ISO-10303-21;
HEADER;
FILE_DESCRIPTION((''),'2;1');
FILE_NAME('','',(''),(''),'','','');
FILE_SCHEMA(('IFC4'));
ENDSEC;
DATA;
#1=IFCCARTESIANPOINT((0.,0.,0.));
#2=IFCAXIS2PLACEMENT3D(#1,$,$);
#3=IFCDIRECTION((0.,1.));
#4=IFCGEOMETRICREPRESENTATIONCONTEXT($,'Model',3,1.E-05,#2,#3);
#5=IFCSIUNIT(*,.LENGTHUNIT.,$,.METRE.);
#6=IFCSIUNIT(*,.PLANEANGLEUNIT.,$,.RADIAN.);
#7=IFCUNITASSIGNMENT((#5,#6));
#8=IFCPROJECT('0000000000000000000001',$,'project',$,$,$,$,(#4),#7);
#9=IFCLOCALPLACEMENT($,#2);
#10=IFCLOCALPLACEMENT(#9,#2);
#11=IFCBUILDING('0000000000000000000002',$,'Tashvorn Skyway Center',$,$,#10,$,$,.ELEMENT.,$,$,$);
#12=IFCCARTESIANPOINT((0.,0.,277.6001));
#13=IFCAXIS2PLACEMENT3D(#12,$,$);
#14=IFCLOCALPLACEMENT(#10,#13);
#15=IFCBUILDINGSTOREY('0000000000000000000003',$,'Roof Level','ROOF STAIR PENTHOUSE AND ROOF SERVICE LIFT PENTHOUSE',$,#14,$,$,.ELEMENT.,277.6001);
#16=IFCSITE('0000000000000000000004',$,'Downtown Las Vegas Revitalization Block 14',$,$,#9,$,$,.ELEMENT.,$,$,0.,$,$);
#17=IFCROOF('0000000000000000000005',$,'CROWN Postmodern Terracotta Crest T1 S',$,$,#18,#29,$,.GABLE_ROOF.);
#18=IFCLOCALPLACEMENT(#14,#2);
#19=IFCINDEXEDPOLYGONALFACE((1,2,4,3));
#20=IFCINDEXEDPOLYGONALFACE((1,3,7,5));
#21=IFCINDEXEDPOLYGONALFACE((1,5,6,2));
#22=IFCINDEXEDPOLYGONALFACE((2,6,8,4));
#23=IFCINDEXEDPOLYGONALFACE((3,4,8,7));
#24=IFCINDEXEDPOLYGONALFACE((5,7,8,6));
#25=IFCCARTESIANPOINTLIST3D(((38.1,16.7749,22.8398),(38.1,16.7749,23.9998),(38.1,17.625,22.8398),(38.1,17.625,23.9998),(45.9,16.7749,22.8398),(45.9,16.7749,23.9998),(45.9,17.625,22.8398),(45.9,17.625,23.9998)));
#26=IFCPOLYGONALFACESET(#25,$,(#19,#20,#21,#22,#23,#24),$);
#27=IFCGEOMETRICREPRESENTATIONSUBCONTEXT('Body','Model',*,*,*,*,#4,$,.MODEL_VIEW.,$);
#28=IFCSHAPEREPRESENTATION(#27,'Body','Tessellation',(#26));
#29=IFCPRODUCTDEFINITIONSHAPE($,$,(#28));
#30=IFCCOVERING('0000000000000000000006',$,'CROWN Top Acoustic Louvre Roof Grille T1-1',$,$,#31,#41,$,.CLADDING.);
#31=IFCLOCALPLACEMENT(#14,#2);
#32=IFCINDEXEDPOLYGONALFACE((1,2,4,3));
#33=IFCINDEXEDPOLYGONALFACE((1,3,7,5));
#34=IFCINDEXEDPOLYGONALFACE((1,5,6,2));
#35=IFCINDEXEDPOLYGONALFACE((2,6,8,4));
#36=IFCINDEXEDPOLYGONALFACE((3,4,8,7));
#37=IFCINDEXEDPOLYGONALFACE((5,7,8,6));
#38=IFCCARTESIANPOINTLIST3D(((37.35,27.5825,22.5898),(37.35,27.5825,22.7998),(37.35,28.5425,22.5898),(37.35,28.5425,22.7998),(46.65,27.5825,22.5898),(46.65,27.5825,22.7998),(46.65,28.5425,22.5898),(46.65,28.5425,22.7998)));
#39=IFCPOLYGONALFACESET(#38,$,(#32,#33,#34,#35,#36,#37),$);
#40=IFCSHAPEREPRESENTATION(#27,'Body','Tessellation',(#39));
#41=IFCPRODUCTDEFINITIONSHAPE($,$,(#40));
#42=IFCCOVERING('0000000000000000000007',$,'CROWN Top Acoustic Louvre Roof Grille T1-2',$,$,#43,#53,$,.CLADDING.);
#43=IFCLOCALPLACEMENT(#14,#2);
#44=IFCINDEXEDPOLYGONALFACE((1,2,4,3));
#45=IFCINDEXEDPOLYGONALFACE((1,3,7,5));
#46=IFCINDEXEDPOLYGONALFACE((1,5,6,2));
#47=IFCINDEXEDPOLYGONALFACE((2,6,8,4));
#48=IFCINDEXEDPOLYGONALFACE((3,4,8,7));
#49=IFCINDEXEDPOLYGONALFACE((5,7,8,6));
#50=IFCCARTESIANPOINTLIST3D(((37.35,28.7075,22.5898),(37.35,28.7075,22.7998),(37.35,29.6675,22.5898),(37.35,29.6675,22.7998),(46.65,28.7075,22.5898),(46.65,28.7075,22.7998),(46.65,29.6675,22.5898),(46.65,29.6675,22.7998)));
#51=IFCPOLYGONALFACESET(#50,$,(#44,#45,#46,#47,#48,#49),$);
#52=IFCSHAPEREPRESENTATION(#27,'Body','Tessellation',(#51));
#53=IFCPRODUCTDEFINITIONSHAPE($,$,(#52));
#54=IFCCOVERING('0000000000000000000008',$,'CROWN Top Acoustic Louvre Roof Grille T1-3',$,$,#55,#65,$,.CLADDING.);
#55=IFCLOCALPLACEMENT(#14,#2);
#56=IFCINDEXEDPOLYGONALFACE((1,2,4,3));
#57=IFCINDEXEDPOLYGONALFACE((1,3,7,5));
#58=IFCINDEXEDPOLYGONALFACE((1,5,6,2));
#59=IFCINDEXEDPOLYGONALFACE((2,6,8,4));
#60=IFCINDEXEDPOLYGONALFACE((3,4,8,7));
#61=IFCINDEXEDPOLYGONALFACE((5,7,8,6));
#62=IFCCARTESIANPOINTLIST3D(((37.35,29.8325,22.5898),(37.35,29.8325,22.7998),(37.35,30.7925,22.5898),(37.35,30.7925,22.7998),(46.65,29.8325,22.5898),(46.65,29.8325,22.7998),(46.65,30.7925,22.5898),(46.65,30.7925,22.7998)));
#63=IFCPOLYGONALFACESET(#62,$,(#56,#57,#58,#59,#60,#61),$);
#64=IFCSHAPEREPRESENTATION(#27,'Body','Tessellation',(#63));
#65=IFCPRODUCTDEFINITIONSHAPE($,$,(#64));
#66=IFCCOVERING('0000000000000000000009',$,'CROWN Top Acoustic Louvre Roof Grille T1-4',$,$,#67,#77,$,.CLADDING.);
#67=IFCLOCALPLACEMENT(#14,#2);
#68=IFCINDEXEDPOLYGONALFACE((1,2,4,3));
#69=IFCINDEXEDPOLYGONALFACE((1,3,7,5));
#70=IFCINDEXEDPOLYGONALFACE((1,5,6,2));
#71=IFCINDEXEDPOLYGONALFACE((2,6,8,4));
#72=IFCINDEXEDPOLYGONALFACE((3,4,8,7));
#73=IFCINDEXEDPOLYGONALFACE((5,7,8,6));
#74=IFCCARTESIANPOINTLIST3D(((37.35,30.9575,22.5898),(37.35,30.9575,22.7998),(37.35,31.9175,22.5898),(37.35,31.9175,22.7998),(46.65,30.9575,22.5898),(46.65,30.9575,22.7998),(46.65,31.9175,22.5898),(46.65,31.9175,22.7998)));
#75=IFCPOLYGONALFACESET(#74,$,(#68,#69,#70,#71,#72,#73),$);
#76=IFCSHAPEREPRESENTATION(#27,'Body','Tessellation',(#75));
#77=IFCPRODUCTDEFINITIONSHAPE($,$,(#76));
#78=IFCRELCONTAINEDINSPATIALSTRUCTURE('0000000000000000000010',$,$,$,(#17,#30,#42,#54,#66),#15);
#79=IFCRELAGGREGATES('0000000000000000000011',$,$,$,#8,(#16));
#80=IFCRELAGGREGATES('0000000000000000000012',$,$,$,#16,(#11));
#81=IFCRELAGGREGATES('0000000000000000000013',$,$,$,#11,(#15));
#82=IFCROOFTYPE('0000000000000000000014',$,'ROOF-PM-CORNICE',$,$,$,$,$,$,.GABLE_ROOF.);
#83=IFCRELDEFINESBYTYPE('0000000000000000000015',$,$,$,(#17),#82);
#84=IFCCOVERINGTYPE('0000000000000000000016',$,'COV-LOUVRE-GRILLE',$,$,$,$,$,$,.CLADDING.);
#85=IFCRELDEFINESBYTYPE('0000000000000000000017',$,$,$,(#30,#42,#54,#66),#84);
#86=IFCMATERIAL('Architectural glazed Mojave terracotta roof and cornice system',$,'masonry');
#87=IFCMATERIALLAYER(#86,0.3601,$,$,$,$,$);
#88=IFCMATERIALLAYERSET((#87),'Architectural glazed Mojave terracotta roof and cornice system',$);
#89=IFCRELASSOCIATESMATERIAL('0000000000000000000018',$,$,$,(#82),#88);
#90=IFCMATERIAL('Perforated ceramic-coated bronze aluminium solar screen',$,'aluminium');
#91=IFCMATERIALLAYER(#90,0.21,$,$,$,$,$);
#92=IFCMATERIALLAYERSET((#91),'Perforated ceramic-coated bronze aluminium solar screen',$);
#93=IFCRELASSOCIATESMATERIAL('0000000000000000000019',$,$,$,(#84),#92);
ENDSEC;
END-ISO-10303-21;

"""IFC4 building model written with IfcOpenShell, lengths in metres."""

from ifc_helpers import new_model, si_unit, direction, frame, origin, origin_2d, place, context, subcontext, project, spatial, rectangle, extrude, material, layer, layer_set, type_object, element, save


model = new_model("IFC4")

# Units and contexts
model_context = context("Model", 3, precision=1e-05, world=origin(), true_north=direction((0.0, 1.0)))
body_context = subcontext(model_context, "Body", "Model", "MODEL_VIEW")
ifc_project = project(units=[si_unit("LENGTHUNIT", "METRE"), si_unit("PLANEANGLEUNIT", "RADIAN")], contexts=[model_context])

# Site, building, storey
site_placement = place(None, origin())
site = spatial("IfcSite", under=ifc_project, at=site_placement, Name="Downtown Las Vegas Revitalization Block 14", CompositionType="ELEMENT", RefElevation=0.0)
building_placement = place(site_placement, origin())
building = spatial("IfcBuilding", under=site, at=building_placement, Name="Tashvorn Skyway Center", CompositionType="ELEMENT")
storey_placement = place(building_placement, frame((0.0, 0.0, 277.6001)))
storey = spatial("IfcBuildingStorey", under=building, at=storey_placement, Name="Roof Level", Description="ROOF STAIR PENTHOUSE AND ROOF SERVICE LIFT PENTHOUSE", CompositionType="ELEMENT", Elevation=277.6001)

# Shared definitions
ifc_material_1 = material(Name="Perforated ceramic-coated bronze aluminium solar screen", Category="aluminium")

# Roof
ifc_material_2 = material(Name="Architectural glazed Mojave terracotta roof and cornice system", Category="masonry")
ifc_layer_1 = layer(ifc_material_2, 0.3601)
ifc_layer_set_1 = layer_set([ifc_layer_1], Name="Architectural glazed Mojave terracotta roof and cornice system")
roof_type = type_object("IfcRoofType", Name="ROOF-PM-CORNICE", PredefinedType="GABLE_ROOF", material=ifc_layer_set_1)
roof_placement = place(storey_placement, frame((42.0, 17.2, 22.8398), z_axis=(0.0, 0.0, 1.0), x_axis=(1.0, 0.0, 0.0)))
element("IfcRoof", 1, at=roof_placement, inside=storey, type_object=roof_type, Name="CROWN Postmodern Terracotta Crest T1 S", PredefinedType="GABLE_ROOF", context=body_context, shape_type="SweptSolid", body=[
    extrude(rectangle(XDim=7.8, YDim=0.8501, at=origin_2d()), origin(), (0.0, 0.0, 1.0), 1.1599),
])

# Coverings
ifc_layer_2 = layer(ifc_material_1, 0.21)
ifc_layer_set_2 = layer_set([ifc_layer_2], Name="Perforated ceramic-coated bronze aluminium solar screen")
covering_type = type_object("IfcCoveringType", Name="COV-LOUVRE-GRILLE", PredefinedType="CLADDING", material=ifc_layer_set_2)
for number, where, z_axis, x_axis, name in (
    (2, (42.0, 28.0625, 22.5898), (0.0, 0.0, 1.0), (1.0, 0.0, 0.0), "CROWN Top Acoustic Louvre Roof Grille T1-1"),
    (3, (42.0, 29.1875, 22.5898), (0.0, 0.0, 1.0), (1.0, 0.0, 0.0), "CROWN Top Acoustic Louvre Roof Grille T1-2"),
    (4, (42.0, 30.3125, 22.5898), (0.0, 0.0, 1.0), (1.0, 0.0, 0.0), "CROWN Top Acoustic Louvre Roof Grille T1-3"),
    (5, (42.0, 31.4375, 22.5898), (0.0, 0.0, 1.0), (1.0, 0.0, 0.0), "CROWN Top Acoustic Louvre Roof Grille T1-4"),
):
    element("IfcCovering", number, at=place(storey_placement, frame(where, z_axis=z_axis, x_axis=x_axis)), inside=storey, type_object=covering_type, Name=name, PredefinedType="CLADDING", context=body_context, shape_type="SweptSolid", body=[
        extrude(rectangle(XDim=9.3, YDim=0.96, at=origin_2d()), origin(), (0.0, 0.0, 1.0), 0.21),
    ])

save(model, "model.ifc")
